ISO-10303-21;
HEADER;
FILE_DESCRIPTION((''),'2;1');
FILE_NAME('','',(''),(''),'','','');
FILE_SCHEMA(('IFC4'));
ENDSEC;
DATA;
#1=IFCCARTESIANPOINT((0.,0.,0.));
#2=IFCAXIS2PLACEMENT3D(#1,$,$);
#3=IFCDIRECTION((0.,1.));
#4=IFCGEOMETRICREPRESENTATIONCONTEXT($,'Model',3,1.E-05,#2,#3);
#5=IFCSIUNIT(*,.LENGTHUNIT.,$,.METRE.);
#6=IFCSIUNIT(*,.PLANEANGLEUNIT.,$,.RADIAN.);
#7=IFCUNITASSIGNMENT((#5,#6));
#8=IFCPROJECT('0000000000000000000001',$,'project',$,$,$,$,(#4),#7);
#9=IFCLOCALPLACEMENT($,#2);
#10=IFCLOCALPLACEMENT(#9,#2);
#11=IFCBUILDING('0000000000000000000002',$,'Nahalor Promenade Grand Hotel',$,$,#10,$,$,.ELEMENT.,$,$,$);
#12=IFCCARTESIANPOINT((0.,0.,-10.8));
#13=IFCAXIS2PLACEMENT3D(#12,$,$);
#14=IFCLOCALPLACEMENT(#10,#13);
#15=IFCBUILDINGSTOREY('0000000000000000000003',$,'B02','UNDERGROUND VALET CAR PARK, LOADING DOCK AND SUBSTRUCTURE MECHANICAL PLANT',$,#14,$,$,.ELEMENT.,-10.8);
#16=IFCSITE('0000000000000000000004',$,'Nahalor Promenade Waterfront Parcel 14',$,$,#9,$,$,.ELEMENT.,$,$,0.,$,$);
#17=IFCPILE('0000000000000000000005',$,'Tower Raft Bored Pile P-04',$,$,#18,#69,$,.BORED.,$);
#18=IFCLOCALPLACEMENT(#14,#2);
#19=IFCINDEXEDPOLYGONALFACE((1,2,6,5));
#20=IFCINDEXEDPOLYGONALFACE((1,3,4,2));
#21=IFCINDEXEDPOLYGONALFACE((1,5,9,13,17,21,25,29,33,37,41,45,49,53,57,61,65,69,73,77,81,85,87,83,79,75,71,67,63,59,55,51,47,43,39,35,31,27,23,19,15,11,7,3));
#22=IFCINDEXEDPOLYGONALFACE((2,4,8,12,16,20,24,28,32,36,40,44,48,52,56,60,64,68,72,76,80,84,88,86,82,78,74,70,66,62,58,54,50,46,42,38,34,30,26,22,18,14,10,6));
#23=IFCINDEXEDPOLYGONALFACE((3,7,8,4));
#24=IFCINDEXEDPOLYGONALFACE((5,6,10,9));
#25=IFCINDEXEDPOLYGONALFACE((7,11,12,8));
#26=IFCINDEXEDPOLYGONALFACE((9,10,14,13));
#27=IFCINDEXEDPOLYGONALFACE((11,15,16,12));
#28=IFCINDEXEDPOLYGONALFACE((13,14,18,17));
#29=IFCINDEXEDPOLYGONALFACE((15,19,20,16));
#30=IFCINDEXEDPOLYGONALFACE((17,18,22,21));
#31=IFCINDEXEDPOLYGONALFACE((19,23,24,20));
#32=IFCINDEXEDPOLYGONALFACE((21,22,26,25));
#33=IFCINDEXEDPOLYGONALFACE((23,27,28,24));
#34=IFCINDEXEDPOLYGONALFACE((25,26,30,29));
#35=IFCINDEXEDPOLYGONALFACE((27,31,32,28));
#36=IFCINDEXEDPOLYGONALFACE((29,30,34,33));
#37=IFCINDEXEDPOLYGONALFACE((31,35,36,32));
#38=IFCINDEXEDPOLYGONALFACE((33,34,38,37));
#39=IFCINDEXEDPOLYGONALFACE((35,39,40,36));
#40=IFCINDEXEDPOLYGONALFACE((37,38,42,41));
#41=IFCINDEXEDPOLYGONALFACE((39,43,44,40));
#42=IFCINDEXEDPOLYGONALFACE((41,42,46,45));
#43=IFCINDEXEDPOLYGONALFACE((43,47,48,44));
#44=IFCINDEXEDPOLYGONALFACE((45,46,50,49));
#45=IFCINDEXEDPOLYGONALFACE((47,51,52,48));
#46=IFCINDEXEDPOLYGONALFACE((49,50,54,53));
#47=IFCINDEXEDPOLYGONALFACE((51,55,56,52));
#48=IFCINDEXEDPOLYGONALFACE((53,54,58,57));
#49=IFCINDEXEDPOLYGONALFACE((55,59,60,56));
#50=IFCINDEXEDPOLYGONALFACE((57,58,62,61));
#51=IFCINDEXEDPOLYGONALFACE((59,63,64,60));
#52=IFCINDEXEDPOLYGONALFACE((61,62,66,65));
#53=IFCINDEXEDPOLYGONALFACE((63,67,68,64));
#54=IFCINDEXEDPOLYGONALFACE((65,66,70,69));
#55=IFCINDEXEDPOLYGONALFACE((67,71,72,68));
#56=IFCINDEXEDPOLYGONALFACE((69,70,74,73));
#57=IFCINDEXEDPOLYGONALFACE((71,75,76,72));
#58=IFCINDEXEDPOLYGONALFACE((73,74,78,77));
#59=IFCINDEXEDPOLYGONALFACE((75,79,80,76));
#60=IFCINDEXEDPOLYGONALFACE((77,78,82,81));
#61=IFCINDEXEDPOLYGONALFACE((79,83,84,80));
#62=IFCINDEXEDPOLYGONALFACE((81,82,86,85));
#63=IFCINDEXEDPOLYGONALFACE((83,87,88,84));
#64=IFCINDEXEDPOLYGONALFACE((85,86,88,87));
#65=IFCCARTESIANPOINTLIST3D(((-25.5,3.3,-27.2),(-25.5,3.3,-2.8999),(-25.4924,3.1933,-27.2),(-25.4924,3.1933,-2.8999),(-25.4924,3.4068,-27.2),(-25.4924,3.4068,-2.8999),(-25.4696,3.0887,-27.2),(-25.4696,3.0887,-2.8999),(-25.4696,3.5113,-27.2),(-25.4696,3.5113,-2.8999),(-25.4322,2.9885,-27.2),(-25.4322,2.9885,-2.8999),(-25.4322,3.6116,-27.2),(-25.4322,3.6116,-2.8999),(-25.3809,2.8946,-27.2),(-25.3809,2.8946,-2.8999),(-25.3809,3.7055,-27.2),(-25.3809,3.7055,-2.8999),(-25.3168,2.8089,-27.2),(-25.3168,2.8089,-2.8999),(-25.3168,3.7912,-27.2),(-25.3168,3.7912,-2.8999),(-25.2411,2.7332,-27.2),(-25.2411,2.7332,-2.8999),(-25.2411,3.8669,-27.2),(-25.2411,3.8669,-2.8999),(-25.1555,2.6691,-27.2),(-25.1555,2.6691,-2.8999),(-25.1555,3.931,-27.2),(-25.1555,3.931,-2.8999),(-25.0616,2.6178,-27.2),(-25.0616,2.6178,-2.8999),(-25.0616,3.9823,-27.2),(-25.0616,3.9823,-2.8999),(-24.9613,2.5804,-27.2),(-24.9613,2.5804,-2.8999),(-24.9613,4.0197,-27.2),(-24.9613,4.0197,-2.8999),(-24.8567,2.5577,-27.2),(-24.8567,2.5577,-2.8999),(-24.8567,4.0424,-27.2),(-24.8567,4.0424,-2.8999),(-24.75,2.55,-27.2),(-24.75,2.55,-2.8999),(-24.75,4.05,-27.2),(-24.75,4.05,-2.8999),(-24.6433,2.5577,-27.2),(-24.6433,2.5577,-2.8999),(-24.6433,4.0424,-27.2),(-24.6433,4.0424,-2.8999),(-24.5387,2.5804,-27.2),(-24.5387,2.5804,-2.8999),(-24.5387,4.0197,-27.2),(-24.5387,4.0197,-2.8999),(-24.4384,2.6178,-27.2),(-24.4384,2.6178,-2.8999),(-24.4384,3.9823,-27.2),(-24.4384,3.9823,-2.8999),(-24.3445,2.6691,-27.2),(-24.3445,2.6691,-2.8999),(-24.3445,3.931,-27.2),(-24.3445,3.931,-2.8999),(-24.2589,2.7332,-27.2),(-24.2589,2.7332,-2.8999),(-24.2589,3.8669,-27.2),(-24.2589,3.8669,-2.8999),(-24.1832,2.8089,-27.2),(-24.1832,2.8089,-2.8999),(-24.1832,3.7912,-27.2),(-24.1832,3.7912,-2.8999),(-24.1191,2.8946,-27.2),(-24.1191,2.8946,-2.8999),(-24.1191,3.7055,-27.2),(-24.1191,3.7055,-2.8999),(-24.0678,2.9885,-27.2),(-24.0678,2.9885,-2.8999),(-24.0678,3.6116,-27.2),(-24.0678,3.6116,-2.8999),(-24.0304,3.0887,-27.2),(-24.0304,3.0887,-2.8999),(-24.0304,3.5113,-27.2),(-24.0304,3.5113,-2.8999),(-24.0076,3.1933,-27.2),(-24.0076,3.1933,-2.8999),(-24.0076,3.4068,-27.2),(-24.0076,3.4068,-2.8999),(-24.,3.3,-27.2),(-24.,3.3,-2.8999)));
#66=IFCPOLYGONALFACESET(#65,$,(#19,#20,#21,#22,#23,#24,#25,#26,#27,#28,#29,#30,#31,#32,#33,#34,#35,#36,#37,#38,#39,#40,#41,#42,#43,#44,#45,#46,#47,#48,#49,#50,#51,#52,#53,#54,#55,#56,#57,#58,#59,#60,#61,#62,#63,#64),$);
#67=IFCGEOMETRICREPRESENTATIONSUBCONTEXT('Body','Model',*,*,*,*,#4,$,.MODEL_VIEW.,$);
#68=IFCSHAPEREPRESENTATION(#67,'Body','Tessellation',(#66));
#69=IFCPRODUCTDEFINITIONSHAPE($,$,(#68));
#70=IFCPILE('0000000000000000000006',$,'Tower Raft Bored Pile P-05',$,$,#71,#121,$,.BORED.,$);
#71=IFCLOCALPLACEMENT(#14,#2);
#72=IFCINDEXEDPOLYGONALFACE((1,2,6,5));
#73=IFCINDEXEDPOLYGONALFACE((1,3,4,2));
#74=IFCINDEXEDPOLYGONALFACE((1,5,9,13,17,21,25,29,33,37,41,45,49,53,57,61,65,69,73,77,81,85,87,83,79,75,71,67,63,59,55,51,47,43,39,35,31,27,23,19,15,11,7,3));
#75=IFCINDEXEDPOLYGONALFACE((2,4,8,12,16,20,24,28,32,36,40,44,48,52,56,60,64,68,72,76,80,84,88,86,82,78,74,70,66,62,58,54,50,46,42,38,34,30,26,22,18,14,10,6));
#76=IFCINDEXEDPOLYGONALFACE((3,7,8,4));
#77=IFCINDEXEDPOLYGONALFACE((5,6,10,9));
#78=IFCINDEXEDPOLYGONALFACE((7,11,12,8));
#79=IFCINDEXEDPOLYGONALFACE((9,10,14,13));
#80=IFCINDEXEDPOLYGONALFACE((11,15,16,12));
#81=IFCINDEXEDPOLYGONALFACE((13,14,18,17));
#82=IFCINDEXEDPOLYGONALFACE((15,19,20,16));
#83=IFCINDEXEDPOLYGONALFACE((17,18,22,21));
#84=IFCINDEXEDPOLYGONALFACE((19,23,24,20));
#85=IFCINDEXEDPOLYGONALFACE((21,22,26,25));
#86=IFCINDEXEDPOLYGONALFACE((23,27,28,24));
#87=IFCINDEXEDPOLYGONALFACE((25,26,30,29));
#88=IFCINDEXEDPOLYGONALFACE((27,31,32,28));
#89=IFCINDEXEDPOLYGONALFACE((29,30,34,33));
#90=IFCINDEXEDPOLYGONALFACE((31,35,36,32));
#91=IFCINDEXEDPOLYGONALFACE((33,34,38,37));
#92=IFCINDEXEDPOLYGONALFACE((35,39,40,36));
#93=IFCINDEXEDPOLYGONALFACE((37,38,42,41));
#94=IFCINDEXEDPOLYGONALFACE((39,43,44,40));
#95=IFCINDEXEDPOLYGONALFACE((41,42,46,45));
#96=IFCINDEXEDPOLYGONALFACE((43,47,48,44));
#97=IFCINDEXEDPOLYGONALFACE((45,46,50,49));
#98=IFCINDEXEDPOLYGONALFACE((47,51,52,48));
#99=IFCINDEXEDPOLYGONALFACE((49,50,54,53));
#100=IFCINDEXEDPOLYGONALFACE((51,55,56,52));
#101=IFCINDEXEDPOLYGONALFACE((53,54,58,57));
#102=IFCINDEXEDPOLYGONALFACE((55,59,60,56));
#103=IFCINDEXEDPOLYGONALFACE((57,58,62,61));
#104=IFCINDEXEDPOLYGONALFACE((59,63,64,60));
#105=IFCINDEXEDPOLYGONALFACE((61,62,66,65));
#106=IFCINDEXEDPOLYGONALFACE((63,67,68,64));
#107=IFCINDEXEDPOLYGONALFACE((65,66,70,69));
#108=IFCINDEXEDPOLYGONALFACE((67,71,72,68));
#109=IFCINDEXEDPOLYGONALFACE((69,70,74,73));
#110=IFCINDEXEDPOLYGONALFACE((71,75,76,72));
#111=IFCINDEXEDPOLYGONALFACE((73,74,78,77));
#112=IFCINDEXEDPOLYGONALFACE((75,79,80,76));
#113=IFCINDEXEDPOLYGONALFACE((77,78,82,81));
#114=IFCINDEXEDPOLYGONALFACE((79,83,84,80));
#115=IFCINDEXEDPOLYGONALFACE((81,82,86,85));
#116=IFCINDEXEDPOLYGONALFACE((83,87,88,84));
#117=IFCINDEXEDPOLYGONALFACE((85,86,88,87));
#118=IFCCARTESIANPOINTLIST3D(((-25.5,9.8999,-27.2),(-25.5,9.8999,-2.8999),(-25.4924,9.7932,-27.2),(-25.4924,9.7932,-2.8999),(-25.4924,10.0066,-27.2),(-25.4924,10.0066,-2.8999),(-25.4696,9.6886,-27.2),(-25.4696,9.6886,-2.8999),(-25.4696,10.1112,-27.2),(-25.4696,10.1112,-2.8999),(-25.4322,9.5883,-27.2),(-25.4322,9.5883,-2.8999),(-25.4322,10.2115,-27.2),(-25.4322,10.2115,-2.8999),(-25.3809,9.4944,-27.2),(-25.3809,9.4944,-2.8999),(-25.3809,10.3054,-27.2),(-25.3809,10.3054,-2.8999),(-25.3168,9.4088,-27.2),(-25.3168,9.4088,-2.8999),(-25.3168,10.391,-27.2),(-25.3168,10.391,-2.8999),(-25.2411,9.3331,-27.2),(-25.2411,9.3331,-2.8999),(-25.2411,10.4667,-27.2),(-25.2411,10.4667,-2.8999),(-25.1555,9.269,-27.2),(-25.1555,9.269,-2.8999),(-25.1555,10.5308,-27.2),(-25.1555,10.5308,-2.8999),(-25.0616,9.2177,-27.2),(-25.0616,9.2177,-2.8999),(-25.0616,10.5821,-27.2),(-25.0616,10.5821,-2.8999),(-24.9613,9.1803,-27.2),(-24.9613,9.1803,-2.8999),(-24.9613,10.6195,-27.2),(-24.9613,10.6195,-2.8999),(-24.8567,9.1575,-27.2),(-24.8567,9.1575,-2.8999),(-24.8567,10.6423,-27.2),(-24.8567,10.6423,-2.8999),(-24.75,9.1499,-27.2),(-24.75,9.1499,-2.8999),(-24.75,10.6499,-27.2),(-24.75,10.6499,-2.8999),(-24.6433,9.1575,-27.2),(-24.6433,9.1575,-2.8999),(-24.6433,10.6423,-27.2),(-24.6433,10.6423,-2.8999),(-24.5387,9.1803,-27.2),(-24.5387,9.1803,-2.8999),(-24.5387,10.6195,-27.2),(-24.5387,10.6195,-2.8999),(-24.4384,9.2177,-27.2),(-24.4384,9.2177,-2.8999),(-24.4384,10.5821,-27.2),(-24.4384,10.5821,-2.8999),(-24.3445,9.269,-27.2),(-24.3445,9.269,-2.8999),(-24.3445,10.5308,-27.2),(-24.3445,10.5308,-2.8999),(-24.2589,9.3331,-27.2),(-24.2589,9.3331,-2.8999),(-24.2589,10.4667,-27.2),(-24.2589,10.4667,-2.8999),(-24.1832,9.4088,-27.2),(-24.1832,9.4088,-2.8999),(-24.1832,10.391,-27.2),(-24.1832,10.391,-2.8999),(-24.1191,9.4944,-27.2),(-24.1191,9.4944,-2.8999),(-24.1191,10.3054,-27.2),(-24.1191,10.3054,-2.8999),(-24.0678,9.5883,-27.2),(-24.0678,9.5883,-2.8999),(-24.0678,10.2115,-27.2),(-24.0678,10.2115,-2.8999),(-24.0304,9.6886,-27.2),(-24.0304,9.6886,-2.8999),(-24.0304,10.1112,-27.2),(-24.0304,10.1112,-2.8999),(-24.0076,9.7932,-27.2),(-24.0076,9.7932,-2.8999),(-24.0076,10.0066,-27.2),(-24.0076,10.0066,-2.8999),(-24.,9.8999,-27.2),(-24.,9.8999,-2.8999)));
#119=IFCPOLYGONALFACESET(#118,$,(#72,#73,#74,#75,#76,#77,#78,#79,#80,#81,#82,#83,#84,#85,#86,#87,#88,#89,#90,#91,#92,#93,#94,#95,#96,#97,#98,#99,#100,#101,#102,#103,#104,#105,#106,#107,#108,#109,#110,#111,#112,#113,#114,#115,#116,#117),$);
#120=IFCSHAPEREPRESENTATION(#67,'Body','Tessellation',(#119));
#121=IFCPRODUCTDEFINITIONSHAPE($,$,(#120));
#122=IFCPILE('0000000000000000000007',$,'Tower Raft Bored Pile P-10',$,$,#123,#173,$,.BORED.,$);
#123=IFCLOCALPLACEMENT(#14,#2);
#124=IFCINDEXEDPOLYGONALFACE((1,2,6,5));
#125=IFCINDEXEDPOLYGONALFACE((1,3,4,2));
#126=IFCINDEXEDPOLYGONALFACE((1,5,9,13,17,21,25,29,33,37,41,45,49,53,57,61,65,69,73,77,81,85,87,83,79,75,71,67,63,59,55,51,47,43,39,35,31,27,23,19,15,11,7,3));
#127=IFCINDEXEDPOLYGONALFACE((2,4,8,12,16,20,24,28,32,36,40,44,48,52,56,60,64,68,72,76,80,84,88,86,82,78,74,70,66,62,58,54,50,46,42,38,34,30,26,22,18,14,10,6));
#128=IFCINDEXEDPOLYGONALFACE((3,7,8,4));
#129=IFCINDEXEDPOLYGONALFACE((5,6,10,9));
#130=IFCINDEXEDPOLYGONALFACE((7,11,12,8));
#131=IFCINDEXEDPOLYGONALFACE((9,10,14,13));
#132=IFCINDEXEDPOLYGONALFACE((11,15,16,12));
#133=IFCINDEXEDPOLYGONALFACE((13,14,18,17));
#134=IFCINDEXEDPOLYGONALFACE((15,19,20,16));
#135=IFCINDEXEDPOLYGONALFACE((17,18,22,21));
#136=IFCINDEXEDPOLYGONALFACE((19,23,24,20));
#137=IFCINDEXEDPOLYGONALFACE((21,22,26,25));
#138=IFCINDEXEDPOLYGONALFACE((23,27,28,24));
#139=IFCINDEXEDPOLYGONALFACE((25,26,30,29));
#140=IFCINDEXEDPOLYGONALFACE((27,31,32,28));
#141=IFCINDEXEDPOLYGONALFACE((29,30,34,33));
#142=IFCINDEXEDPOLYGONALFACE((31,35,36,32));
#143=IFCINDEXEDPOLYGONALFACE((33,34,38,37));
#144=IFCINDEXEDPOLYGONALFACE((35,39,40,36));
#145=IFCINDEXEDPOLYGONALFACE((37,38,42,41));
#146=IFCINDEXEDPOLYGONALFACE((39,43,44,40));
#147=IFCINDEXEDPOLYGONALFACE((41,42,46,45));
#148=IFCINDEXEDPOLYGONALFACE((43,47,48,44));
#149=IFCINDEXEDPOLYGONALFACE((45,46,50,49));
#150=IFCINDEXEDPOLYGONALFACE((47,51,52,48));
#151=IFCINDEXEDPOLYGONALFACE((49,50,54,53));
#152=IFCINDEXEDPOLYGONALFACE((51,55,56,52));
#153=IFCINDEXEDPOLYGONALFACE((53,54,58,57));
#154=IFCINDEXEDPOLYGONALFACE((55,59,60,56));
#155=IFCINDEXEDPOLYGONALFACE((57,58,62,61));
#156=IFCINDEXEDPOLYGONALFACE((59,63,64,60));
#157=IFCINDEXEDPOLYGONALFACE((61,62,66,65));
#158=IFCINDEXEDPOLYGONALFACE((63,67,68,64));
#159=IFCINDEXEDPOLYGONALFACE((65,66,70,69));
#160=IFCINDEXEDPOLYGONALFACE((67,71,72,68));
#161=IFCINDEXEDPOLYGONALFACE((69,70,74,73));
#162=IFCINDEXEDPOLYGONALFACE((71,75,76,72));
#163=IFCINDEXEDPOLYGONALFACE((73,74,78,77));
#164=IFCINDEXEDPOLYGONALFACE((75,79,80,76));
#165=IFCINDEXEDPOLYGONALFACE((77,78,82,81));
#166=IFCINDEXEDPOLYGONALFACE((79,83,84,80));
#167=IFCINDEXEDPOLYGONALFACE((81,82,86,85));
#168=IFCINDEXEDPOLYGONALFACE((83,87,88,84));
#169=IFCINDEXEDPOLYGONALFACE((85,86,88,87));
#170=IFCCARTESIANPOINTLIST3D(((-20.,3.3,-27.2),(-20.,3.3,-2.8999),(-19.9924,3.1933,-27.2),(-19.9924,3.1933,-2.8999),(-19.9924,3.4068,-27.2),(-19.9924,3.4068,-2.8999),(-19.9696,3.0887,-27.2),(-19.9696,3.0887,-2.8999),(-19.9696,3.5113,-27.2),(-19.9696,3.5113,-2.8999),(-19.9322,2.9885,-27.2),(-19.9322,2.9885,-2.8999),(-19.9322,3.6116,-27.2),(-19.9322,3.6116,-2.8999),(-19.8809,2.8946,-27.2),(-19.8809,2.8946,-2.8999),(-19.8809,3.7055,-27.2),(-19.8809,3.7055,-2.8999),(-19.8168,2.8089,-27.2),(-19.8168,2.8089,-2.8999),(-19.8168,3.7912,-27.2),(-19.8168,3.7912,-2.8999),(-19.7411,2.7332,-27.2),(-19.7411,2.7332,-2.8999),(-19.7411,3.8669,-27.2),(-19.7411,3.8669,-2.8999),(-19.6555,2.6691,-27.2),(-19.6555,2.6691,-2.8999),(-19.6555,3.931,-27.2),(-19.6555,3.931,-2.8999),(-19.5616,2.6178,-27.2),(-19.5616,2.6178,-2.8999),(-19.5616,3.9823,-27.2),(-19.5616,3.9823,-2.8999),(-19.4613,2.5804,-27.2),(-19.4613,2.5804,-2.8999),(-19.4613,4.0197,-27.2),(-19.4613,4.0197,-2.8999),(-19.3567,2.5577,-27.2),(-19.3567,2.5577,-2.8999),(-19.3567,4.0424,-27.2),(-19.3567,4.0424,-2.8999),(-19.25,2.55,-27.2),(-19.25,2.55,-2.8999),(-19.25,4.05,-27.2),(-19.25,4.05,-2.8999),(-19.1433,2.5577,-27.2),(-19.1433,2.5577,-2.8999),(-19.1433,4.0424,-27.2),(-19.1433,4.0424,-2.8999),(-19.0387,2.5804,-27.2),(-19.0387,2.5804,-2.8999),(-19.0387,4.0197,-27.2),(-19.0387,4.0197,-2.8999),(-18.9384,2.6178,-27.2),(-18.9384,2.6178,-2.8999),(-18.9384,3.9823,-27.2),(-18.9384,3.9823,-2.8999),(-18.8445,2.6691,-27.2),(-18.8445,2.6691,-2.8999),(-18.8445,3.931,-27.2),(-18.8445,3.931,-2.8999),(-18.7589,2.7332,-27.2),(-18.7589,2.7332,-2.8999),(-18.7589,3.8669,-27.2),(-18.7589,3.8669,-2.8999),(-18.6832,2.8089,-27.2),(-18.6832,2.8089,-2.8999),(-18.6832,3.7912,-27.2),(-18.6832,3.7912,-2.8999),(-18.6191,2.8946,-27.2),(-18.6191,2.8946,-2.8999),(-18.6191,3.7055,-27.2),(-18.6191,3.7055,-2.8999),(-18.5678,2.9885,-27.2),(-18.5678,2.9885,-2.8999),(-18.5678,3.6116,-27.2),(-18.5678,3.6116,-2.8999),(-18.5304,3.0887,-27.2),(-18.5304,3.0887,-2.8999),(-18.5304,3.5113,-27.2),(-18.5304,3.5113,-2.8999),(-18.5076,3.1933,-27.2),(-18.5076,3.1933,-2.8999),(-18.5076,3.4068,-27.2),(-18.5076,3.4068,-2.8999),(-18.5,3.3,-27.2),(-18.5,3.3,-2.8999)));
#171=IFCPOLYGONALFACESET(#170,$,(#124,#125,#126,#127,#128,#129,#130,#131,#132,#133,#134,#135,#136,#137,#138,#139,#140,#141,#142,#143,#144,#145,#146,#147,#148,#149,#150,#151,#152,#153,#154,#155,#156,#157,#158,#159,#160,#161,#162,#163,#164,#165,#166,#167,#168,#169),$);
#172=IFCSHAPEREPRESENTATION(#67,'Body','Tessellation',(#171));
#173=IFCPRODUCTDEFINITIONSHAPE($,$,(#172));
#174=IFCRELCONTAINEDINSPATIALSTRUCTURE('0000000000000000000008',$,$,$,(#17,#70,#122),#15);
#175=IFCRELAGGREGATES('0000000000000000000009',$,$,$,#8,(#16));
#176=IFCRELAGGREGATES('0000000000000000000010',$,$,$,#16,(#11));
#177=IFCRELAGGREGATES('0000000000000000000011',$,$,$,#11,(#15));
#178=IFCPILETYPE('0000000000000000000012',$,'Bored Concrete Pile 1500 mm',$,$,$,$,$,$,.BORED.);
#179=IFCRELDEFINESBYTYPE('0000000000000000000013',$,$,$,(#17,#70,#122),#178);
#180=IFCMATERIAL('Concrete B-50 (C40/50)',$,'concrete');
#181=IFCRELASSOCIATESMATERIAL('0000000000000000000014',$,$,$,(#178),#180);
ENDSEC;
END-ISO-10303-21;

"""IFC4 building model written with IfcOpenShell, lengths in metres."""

from ifc_helpers import new_model, si_unit, direction, frame, origin, origin_2d, place, context, subcontext, project, spatial, circle, extrude, source, transform, mapped, material, material_profile, profile_set, type_object, element, save


model = new_model("IFC4")

# Units and contexts
model_context = context("Model", 3, precision=1e-05, world=origin(), true_north=direction((0.0, 1.0)))
body_context = subcontext(model_context, "Body", "Model", "MODEL_VIEW")
ifc_project = project(units=[si_unit("LENGTHUNIT", "METRE"), si_unit("PLANEANGLEUNIT", "RADIAN")], contexts=[model_context])

# Site, building, storey
site_placement = place(None, origin())
site = spatial("IfcSite", under=ifc_project, at=site_placement, Name="Nahalor Promenade Waterfront Parcel 14", CompositionType="ELEMENT", RefElevation=0.0)
building_placement = place(site_placement, origin())
building = spatial("IfcBuilding", under=site, at=building_placement, Name="Nahalor Promenade Grand Hotel", CompositionType="ELEMENT")
storey_placement = place(building_placement, frame((0.0, 0.0, -10.8)))
storey = spatial("IfcBuildingStorey", under=building, at=storey_placement, Name="B02", Description="UNDERGROUND VALET CAR PARK, LOADING DOCK AND SUBSTRUCTURE MECHANICAL PLANT", CompositionType="ELEMENT", Elevation=-10.8)

# Piles
ifc_material_1 = material(Name="Concrete B-50 (C40/50)", Category="concrete")
ifc_material_profile_1 = material_profile(ifc_material_1, circle(Radius=0.75, at=origin_2d()), Name="PILE D1500")
ifc_profile_set_1 = profile_set([ifc_material_profile_1], Name="Concrete B-50 (C40/50)")
pile_type_1 = type_object("IfcPileType", Name="Bored Concrete Pile 1500 mm", PredefinedType="BORED", material=ifc_profile_set_1)
shared_shape_1 = source(origin(), body_context, "Body", "SweptSolid", [
    extrude(circle(Radius=0.75, at=origin_2d()), origin(), (0.0, 0.0, 1.0), 24.3),
])
for number, where, z_axis, x_axis, name in (
    (1, (-24.75, 3.3, -2.8999), (0.0, 0.0, -1.0), (1.0, 0.0, 0.0), "Tower Raft Bored Pile P-04"),
    (2, (-24.75, 9.8999, -2.8999), (0.0, 0.0, -1.0), (1.0, 0.0, 0.0), "Tower Raft Bored Pile P-05"),
    (3, (-19.25, 3.3, -2.8999), (0.0, 0.0, -1.0), (1.0, 0.0, 0.0), "Tower Raft Bored Pile P-10"),
):
    element("IfcPile", number, at=place(storey_placement, frame(where, z_axis=z_axis, x_axis=x_axis)), inside=storey, type_object=pile_type_1, Name=name, PredefinedType="BORED", context=body_context, shape_type="MappedRepresentation", body=[
        mapped(shared_shape_1, transform((0.0, 0.0, 0.0), scale=1.0)),
    ])

save(model, "model.ifc")
